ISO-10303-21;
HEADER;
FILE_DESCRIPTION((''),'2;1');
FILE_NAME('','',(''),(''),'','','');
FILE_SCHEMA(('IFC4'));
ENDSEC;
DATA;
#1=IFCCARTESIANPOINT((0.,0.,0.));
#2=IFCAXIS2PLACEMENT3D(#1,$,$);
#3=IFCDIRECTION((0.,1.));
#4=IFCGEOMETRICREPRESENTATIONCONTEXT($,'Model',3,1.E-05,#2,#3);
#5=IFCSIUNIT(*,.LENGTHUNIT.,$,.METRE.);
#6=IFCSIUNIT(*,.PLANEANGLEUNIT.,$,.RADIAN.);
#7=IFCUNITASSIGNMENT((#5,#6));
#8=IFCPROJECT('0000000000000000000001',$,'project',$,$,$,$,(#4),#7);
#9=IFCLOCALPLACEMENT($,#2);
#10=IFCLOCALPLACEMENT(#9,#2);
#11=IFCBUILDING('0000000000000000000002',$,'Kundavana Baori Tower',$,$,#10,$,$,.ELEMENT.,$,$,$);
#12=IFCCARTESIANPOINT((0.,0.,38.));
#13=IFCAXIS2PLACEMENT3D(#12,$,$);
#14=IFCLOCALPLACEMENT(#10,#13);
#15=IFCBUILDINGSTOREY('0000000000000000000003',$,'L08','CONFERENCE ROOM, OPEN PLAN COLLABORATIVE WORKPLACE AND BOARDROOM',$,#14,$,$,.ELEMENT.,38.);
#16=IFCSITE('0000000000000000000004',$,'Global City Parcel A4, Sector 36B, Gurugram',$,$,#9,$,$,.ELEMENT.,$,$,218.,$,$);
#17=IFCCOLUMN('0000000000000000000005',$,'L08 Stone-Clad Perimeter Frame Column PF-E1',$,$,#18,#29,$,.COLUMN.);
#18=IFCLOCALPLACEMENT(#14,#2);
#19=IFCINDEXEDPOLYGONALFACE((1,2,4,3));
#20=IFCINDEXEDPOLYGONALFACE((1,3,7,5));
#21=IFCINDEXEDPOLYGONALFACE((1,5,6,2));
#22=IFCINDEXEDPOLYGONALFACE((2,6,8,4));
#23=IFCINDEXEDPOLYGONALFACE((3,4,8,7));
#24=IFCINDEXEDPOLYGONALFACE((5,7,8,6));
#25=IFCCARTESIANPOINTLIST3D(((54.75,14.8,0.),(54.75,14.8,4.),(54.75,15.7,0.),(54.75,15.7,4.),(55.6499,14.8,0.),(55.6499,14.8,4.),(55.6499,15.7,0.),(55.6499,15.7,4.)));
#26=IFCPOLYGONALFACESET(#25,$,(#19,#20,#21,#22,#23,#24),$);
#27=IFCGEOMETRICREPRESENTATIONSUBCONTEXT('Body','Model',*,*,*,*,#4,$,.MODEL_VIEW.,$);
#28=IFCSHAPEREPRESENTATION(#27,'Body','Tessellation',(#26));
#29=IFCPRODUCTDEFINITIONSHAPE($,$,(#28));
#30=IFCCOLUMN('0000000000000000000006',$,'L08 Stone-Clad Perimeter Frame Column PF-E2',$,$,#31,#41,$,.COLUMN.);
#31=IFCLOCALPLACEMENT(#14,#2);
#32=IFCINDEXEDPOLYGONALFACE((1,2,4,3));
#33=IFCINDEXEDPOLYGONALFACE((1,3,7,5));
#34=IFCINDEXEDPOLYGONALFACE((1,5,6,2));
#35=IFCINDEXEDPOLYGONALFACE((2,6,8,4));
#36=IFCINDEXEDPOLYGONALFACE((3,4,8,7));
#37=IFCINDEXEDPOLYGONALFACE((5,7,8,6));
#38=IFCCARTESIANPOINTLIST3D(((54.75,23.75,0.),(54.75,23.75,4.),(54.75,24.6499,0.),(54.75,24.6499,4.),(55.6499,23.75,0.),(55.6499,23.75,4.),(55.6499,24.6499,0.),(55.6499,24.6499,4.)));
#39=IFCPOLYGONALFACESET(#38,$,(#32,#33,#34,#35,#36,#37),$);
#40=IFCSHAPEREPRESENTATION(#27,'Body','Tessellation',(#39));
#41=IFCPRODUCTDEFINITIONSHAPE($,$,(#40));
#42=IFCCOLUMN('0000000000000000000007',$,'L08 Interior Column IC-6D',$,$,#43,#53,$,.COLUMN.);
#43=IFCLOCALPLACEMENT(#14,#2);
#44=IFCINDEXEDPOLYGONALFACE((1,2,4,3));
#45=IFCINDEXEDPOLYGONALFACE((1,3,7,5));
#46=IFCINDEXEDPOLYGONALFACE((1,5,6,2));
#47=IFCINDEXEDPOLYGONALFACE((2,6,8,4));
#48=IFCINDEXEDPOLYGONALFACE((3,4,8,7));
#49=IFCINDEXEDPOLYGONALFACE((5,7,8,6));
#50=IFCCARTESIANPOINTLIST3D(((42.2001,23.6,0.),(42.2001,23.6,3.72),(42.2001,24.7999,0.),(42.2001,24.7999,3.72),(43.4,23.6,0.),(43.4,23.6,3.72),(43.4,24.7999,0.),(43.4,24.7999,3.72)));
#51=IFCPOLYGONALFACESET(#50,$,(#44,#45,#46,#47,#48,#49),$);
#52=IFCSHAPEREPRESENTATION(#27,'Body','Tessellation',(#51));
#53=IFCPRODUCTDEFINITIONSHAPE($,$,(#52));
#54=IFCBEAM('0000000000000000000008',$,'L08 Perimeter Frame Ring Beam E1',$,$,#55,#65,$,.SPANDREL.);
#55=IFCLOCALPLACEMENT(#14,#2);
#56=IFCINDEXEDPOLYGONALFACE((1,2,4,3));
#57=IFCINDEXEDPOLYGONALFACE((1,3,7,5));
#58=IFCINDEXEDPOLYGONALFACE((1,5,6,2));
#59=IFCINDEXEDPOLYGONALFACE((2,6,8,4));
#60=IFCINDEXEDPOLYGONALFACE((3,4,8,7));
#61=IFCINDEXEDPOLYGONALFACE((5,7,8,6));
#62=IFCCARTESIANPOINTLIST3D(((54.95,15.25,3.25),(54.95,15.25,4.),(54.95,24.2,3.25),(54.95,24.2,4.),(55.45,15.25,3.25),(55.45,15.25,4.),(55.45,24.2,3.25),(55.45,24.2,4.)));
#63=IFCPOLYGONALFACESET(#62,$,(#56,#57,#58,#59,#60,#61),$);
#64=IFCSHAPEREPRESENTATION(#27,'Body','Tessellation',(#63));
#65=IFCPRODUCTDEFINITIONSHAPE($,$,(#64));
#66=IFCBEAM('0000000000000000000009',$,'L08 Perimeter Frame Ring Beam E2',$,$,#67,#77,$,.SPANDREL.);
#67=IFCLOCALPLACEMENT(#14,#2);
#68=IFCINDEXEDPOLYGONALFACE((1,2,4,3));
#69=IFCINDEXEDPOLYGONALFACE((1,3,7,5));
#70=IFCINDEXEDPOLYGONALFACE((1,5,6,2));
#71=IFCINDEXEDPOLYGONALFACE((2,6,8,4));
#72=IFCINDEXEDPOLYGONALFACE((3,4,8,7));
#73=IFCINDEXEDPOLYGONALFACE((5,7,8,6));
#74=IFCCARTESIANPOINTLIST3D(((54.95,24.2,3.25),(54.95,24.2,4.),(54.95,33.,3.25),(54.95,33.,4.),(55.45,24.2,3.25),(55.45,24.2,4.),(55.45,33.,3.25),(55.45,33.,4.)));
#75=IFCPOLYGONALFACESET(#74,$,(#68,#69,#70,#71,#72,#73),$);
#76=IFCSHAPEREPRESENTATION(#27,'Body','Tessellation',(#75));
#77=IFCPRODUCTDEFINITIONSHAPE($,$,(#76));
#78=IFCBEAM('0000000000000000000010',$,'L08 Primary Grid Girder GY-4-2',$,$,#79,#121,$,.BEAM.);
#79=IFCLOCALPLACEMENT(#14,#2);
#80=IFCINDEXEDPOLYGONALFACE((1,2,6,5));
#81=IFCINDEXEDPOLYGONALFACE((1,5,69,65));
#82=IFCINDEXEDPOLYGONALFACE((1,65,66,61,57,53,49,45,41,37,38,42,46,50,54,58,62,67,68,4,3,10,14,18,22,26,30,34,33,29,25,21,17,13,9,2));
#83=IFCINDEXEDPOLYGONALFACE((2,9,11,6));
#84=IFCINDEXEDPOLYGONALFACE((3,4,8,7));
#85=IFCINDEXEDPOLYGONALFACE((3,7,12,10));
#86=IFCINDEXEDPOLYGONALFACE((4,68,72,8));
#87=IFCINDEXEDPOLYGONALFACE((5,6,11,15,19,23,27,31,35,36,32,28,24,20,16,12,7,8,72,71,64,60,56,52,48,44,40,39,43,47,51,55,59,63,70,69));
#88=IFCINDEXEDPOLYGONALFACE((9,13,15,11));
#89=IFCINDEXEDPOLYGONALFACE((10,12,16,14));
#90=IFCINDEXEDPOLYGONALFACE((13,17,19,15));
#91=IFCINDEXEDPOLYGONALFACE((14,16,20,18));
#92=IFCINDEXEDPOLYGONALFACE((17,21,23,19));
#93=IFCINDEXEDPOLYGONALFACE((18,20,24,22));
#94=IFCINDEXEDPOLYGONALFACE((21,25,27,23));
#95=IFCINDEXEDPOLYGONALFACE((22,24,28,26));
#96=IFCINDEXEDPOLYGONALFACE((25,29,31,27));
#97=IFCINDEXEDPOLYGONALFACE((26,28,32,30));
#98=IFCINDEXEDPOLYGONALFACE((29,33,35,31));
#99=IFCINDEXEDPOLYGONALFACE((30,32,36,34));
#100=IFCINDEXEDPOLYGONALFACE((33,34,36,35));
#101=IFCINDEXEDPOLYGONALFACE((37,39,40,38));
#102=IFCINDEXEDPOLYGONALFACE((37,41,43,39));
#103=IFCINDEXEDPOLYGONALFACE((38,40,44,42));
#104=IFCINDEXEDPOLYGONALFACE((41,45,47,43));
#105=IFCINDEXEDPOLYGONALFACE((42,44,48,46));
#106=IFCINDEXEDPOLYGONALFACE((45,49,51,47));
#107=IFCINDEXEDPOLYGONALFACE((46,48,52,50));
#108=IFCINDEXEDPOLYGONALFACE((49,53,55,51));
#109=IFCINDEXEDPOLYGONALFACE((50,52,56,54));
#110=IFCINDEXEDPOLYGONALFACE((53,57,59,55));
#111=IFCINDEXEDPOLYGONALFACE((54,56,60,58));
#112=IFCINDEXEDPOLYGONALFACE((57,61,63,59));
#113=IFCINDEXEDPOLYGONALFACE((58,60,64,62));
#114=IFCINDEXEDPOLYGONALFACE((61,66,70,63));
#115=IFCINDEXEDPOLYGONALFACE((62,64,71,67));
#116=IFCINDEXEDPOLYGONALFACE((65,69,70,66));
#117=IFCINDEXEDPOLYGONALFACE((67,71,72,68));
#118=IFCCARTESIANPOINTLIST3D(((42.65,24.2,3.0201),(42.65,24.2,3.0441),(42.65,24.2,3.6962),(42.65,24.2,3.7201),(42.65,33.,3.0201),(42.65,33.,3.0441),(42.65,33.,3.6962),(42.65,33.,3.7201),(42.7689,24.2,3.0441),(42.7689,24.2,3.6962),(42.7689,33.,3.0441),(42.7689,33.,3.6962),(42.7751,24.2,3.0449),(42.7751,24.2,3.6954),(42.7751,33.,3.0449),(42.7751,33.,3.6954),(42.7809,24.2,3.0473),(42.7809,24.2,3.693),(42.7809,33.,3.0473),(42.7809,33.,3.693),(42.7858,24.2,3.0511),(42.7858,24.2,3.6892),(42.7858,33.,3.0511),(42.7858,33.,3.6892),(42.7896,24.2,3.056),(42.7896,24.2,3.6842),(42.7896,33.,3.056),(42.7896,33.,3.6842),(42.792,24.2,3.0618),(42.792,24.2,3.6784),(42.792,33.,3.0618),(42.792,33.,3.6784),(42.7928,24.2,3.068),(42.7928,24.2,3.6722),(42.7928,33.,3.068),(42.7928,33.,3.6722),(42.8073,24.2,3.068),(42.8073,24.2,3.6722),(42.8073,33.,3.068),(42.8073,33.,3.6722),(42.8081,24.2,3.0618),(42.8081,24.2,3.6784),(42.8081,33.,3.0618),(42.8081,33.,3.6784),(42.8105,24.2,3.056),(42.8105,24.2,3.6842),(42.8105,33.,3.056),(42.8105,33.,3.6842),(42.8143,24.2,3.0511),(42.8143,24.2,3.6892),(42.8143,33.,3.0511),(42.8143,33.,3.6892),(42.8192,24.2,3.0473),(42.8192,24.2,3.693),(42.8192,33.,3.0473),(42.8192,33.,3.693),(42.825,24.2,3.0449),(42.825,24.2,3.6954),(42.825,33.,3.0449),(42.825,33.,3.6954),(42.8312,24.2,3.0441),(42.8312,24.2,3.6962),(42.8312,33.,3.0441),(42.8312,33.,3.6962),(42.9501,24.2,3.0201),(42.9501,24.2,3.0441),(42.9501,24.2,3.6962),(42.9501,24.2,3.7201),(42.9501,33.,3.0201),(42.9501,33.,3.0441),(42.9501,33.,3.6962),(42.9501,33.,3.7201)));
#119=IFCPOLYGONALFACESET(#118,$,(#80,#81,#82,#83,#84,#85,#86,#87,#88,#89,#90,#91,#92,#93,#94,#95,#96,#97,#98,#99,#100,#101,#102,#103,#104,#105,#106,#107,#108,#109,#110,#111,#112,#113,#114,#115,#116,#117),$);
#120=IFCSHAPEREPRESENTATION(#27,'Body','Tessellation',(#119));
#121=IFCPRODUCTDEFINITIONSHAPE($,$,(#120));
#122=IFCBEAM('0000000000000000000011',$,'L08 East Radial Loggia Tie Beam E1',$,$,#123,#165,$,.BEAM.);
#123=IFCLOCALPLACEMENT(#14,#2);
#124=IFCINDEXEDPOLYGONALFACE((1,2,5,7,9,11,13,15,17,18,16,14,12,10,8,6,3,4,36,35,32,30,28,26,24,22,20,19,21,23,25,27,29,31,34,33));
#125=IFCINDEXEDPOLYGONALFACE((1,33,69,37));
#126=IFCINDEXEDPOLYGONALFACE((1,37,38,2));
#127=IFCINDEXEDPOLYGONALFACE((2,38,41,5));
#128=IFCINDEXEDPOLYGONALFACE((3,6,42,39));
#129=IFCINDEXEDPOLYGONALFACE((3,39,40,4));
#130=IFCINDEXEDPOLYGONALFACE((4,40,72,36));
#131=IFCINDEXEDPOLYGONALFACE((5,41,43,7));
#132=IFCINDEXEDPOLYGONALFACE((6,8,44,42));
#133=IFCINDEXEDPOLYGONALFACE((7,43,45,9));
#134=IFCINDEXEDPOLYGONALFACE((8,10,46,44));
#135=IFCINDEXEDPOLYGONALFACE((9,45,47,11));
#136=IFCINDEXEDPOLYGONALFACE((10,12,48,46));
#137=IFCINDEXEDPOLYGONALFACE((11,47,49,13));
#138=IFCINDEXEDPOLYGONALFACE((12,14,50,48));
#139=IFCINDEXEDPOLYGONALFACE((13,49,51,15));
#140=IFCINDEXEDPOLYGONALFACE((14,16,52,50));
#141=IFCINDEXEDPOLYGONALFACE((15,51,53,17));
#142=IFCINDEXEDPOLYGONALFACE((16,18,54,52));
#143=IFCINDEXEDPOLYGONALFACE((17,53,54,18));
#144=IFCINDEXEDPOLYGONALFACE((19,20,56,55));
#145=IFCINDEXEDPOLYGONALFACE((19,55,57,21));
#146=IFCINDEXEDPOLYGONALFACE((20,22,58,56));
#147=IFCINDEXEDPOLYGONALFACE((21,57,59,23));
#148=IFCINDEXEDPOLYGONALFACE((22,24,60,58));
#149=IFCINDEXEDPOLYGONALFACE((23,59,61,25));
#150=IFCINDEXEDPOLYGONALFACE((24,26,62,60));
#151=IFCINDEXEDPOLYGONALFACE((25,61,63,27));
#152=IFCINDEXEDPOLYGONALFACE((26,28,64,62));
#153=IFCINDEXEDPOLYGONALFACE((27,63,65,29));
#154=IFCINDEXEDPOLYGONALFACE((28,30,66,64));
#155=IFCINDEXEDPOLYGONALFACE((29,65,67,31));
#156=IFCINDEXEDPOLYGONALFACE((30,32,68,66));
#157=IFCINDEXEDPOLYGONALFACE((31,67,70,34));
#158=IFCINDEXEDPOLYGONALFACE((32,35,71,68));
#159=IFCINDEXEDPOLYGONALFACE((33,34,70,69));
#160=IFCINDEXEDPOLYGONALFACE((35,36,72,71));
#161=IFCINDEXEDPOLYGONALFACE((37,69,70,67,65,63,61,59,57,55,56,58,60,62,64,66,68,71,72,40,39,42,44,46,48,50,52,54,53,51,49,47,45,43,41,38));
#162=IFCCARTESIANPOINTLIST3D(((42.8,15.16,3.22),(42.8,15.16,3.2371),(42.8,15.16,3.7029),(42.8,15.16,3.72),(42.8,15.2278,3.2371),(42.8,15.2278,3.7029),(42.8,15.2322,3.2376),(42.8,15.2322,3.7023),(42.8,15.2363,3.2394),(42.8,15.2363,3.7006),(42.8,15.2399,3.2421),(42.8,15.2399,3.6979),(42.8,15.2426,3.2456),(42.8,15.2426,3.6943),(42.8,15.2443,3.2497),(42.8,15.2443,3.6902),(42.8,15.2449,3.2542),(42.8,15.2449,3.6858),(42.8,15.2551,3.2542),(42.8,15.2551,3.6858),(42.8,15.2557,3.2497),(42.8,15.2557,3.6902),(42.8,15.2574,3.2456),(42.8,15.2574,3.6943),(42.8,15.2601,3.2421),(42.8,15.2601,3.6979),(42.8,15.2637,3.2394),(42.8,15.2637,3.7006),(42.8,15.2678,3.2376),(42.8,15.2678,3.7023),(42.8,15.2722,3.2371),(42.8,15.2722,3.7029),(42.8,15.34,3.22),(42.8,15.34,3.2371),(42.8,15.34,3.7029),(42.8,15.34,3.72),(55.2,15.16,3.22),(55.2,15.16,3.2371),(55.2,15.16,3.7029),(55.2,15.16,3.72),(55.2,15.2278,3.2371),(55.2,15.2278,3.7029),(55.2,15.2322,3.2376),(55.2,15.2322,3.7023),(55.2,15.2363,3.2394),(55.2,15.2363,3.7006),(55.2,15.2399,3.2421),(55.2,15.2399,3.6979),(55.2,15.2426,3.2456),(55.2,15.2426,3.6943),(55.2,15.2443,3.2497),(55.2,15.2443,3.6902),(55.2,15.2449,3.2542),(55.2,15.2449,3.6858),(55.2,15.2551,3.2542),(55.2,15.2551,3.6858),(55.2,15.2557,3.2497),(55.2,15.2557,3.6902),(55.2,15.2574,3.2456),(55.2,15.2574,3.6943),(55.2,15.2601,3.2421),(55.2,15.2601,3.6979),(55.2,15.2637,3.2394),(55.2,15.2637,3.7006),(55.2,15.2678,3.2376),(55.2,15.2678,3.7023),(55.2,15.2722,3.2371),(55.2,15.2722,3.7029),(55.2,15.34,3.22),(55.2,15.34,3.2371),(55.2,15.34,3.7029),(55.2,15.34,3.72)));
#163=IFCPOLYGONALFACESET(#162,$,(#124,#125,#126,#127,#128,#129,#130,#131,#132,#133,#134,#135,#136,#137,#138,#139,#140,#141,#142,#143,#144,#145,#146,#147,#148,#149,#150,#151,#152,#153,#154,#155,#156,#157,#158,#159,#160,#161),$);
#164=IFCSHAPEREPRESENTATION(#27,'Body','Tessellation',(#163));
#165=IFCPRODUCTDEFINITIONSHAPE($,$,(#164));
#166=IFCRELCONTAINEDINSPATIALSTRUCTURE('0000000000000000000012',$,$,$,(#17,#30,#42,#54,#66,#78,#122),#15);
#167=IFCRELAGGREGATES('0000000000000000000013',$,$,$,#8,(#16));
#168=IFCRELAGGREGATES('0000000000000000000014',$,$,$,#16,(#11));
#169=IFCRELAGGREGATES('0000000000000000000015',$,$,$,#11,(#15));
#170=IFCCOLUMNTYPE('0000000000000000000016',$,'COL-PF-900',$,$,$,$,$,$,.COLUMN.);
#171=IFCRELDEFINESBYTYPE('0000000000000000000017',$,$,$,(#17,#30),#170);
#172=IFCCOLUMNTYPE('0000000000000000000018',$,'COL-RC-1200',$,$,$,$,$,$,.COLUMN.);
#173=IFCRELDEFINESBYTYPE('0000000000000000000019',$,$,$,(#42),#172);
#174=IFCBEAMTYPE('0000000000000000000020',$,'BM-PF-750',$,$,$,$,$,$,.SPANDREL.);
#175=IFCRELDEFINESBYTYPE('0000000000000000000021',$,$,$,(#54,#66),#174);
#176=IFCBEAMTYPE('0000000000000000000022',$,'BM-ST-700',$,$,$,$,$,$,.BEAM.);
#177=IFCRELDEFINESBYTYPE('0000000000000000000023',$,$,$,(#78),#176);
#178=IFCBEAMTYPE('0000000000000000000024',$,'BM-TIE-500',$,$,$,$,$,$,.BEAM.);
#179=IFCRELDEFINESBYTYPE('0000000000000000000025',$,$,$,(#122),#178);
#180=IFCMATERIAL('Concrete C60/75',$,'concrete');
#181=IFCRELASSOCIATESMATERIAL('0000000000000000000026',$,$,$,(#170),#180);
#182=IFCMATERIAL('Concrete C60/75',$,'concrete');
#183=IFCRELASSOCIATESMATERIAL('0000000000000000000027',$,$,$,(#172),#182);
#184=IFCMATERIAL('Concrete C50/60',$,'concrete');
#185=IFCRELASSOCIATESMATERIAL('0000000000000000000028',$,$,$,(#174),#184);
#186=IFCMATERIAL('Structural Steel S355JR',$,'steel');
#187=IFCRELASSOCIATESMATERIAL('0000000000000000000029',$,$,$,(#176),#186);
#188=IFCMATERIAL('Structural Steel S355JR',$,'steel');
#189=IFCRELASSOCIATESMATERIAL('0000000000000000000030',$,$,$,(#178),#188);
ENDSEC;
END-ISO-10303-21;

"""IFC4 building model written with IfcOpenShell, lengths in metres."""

from ifc_helpers import new_model, si_unit, direction, frame, origin, origin_2d, place, context, subcontext, project, spatial, rectangle, i_section, extrude, material, material_profile, profile_set, type_object, element, save


model = new_model("IFC4")

# Units and contexts
model_context = context("Model", 3, precision=1e-05, world=origin(), true_north=direction((0.0, 1.0)))
body_context = subcontext(model_context, "Body", "Model", "MODEL_VIEW")
ifc_project = project(units=[si_unit("LENGTHUNIT", "METRE"), si_unit("PLANEANGLEUNIT", "RADIAN")], contexts=[model_context])

# Site, building, storey
site_placement = place(None, origin())
site = spatial("IfcSite", under=ifc_project, at=site_placement, Name="Global City Parcel A4, Sector 36B, Gurugram", CompositionType="ELEMENT", RefElevation=218.0)
building_placement = place(site_placement, origin())
building = spatial("IfcBuilding", under=site, at=building_placement, Name="Kundavana Baori Tower", CompositionType="ELEMENT")
storey_placement = place(building_placement, frame((0.0, 0.0, 38.0)))
storey = spatial("IfcBuildingStorey", under=building, at=storey_placement, Name="L08", Description="CONFERENCE ROOM, OPEN PLAN COLLABORATIVE WORKPLACE AND BOARDROOM", CompositionType="ELEMENT", Elevation=38.0)

# Columns
ifc_material_1 = material(Name="Concrete C60/75", Category="concrete")
ifc_material_profile_1 = material_profile(ifc_material_1, rectangle(XDim=0.8999, YDim=0.8999, at=origin_2d()), Name="RC PF 900x900")
ifc_profile_set_1 = profile_set([ifc_material_profile_1], Name="Concrete C60/75")
column_type_1 = type_object("IfcColumnType", Name="COL-PF-900", PredefinedType="COLUMN", material=ifc_profile_set_1)
for number, where, z_axis, x_axis, name in (
    (1, (55.2, 15.25, 0.0), (0.0, 0.0, 1.0), (1.0, 0.0, 0.0), "L08 Stone-Clad Perimeter Frame Column PF-E1"),
    (2, (55.2, 24.2, 0.0), (0.0, 0.0, 1.0), (1.0, 0.0, 0.0), "L08 Stone-Clad Perimeter Frame Column PF-E2"),
):
    element("IfcColumn", number, at=place(storey_placement, frame(where, z_axis=z_axis, x_axis=x_axis)), inside=storey, type_object=column_type_1, Name=name, PredefinedType="COLUMN", context=body_context, shape_type="SweptSolid", body=[
        extrude(rectangle(XDim=0.8999, YDim=0.8999, at=origin_2d()), origin(), (0.0, 0.0, 1.0), 4.0),
    ])
ifc_material_2 = material(Name="Concrete C60/75", Category="concrete")
ifc_material_profile_2 = material_profile(ifc_material_2, rectangle(XDim=1.2, YDim=1.2, at=origin_2d()), Name="RC 1200x1200")
ifc_profile_set_2 = profile_set([ifc_material_profile_2], Name="Concrete C60/75")
column_type_2 = type_object("IfcColumnType", Name="COL-RC-1200", PredefinedType="COLUMN", material=ifc_profile_set_2)
column_placement = place(storey_placement, frame((42.8, 24.2, 0.0), z_axis=(0.0, 0.0, 1.0), x_axis=(1.0, 0.0, 0.0)))
element("IfcColumn", 3, at=column_placement, inside=storey, type_object=column_type_2, Name="L08 Interior Column IC-6D", PredefinedType="COLUMN", context=body_context, shape_type="SweptSolid", body=[
    extrude(rectangle(XDim=1.2, YDim=1.2, at=origin_2d()), origin(), (0.0, 0.0, 1.0), 3.72),
])

# Beams
ifc_material_3 = material(Name="Concrete C50/60", Category="concrete")
ifc_material_profile_3 = material_profile(ifc_material_3, rectangle(XDim=0.5, YDim=0.75, at=origin_2d()), Name="RC BM 500x750")
ifc_profile_set_3 = profile_set([ifc_material_profile_3], Name="Concrete C50/60")
beam_type_1 = type_object("IfcBeamType", Name="BM-PF-750", PredefinedType="SPANDREL", material=ifc_profile_set_3)
beam_1_placement = place(storey_placement, frame((55.2, 15.25, 3.625), z_axis=(0.0, 1.0, 0.0), x_axis=(-1.0, 0.0, 0.0)))
element("IfcBeam", 4, at=beam_1_placement, inside=storey, type_object=beam_type_1, Name="L08 Perimeter Frame Ring Beam E1", PredefinedType="SPANDREL", context=body_context, shape_type="SweptSolid", body=[
    extrude(rectangle(XDim=0.5, YDim=0.75, at=origin_2d()), origin(), (0.0, 0.0, 1.0), 8.95),
])
beam_2_placement = place(storey_placement, frame((55.2, 24.2, 3.625), z_axis=(0.0, 1.0, 0.0), x_axis=(-1.0, 0.0, 0.0)))
element("IfcBeam", 5, at=beam_2_placement, inside=storey, type_object=beam_type_1, Name="L08 Perimeter Frame Ring Beam E2", PredefinedType="SPANDREL", context=body_context, shape_type="SweptSolid", body=[
    extrude(rectangle(XDim=0.5, YDim=0.75, at=origin_2d()), origin(), (0.0, 0.0, 1.0), 8.8),
])
ifc_material_4 = material(Name="Structural Steel S355JR", Category="steel")
ifc_material_profile_4 = material_profile(ifc_material_4, i_section(OverallWidth=0.3, OverallDepth=0.7, WebThickness=0.0144, FlangeThickness=0.0239, FilletRadius=0.0239, at=origin_2d()), Name="NPB 700x300x170")
ifc_profile_set_4 = profile_set([ifc_material_profile_4], Name="Structural Steel S355JR")
beam_type_2 = type_object("IfcBeamType", Name="BM-ST-700", PredefinedType="BEAM", material=ifc_profile_set_4)
beam_3_placement = place(storey_placement, frame((42.8, 24.2, 3.3701), z_axis=(0.0, 1.0, 0.0), x_axis=(-1.0, 0.0, 0.0)))
element("IfcBeam", 6, at=beam_3_placement, inside=storey, type_object=beam_type_2, Name="L08 Primary Grid Girder GY-4-2", PredefinedType="BEAM", context=body_context, shape_type="SweptSolid", body=[
    extrude(i_section(OverallWidth=0.3, OverallDepth=0.7, WebThickness=0.0144, FlangeThickness=0.0239, FilletRadius=0.0239, at=origin_2d()), origin(), (0.0, 0.0, 1.0), 8.8),
])
ifc_material_5 = material(Name="Structural Steel S355JR", Category="steel")
ifc_material_profile_5 = material_profile(ifc_material_5, i_section(OverallWidth=0.1799, OverallDepth=0.5, WebThickness=0.0103, FlangeThickness=0.0171, FilletRadius=0.0171, at=origin_2d()), Name="ISMB 500")
ifc_profile_set_5 = profile_set([ifc_material_profile_5], Name="Structural Steel S355JR")
beam_type_3 = type_object("IfcBeamType", Name="BM-TIE-500", PredefinedType="BEAM", material=ifc_profile_set_5)
for number, where, z_axis, x_axis, name in (
    (7, (42.8, 15.25, 3.47), (1.0, 0.0, 0.0), (0.0, 1.0, 0.0), "L08 East Radial Loggia Tie Beam E1"),
):
    element("IfcBeam", number, at=place(storey_placement, frame(where, z_axis=z_axis, x_axis=x_axis)), inside=storey, type_object=beam_type_3, Name=name, PredefinedType="BEAM", context=body_context, shape_type="SweptSolid", body=[
        extrude(i_section(OverallWidth=0.1799, OverallDepth=0.5, WebThickness=0.0103, FlangeThickness=0.0171, FilletRadius=0.0171, at=origin_2d()), origin(), (0.0, 0.0, 1.0), 12.3999),
    ])

save(model, "model.ifc")
